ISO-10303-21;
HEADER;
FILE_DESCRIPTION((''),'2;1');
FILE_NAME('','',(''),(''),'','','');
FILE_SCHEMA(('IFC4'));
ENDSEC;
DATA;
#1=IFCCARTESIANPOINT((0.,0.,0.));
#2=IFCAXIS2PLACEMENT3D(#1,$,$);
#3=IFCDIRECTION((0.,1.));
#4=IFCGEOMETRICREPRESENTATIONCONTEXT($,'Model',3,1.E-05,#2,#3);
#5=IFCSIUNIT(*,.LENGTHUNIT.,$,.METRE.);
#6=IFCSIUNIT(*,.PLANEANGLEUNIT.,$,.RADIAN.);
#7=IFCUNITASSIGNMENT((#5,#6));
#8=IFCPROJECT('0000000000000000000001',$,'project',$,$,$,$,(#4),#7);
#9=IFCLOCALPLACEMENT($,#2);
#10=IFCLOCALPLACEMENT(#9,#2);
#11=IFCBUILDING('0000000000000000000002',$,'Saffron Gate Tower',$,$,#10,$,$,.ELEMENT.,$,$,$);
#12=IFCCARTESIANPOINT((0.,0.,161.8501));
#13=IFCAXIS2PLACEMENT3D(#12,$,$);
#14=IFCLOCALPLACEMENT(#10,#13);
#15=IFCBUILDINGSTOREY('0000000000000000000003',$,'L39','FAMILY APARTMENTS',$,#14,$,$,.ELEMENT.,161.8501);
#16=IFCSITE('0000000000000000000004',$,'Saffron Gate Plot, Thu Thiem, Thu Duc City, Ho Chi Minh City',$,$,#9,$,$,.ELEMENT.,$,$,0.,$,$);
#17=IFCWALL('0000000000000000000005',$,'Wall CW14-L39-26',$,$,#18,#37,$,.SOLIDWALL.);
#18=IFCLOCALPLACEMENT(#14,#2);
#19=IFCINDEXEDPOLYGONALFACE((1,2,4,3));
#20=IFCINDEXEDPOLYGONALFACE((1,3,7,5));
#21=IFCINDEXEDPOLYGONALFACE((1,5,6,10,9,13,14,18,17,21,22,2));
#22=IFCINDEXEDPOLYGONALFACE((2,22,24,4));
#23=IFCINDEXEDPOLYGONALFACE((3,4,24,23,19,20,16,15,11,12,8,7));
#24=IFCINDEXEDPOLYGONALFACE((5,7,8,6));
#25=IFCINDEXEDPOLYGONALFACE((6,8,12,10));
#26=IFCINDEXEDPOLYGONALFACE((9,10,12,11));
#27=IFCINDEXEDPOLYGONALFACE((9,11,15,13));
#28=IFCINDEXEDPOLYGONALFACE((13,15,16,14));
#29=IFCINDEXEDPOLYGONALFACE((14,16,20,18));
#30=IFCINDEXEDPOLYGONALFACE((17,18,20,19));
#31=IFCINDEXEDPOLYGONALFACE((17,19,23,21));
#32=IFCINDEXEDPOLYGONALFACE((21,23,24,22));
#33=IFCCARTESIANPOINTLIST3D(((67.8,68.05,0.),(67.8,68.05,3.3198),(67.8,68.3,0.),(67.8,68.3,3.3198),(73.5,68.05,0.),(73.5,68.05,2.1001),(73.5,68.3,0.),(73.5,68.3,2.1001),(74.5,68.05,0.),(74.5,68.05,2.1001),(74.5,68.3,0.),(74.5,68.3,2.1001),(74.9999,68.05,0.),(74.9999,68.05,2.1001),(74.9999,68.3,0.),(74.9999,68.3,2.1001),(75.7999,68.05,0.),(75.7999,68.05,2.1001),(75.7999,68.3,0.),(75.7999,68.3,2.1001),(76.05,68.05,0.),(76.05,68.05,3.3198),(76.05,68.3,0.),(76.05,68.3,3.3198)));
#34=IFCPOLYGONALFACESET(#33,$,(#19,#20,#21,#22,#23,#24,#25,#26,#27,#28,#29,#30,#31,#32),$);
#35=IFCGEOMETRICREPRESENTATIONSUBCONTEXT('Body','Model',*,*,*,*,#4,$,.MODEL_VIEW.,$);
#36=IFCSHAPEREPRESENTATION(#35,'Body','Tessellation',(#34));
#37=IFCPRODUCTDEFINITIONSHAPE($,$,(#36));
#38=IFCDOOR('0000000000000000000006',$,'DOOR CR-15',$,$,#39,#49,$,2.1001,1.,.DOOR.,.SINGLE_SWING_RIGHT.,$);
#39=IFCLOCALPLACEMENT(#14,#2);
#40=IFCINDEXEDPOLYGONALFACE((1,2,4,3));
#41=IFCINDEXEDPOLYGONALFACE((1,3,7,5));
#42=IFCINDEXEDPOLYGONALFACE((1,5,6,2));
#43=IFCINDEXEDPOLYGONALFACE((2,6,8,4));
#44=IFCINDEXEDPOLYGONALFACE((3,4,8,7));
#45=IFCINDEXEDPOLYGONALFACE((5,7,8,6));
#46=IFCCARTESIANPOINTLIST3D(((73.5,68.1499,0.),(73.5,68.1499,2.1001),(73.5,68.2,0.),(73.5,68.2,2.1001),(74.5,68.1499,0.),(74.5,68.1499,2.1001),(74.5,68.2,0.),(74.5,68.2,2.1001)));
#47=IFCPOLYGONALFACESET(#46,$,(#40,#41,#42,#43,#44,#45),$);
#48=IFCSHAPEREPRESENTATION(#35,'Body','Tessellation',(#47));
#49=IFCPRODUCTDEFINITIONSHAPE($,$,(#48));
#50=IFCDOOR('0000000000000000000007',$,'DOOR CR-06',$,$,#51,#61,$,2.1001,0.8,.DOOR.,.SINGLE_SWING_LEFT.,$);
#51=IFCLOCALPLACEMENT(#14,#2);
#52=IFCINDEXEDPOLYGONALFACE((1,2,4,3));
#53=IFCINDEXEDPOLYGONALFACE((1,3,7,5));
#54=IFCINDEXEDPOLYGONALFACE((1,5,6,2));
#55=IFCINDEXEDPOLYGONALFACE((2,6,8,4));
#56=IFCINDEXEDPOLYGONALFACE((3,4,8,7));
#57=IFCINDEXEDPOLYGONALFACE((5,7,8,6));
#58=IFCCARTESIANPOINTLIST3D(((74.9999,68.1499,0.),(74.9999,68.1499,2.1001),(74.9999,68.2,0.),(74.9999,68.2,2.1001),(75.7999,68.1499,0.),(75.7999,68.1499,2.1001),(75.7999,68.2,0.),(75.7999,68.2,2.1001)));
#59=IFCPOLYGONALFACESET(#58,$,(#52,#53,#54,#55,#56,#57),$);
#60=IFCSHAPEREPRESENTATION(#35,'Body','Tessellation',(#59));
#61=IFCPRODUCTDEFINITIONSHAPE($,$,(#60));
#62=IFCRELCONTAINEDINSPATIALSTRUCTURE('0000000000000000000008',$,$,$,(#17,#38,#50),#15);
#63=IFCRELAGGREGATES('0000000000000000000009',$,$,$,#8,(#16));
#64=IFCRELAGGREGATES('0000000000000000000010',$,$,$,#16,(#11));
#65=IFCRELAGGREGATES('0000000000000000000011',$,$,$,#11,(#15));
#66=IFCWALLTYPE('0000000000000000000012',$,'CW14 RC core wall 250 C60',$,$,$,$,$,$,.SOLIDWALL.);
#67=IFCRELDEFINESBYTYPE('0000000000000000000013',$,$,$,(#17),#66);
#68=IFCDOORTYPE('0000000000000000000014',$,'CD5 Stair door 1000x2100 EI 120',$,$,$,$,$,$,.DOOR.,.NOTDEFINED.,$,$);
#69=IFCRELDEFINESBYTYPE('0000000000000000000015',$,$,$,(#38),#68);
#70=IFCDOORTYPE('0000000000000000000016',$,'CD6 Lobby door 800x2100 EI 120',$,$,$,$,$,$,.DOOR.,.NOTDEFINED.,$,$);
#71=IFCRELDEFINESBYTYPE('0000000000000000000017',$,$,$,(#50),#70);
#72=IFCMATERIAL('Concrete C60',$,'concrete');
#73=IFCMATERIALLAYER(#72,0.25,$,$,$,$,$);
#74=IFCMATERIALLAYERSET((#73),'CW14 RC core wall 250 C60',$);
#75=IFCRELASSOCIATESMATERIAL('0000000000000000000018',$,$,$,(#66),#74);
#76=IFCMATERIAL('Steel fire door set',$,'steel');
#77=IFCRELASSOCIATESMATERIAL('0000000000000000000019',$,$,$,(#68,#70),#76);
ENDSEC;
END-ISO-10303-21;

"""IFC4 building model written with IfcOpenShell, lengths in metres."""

from ifc_helpers import new_model, si_unit, direction, frame, frame_2d, origin, place, context, subcontext, project, spatial, rectangle, extrude, material, layer, layer_set, type_object, element, fill, save


model = new_model("IFC4")

# Units and contexts
model_context = context("Model", 3, precision=1e-05, world=origin(), true_north=direction((0.0, 1.0)))
body_context = subcontext(model_context, "Body", "Model", "MODEL_VIEW")
ifc_project = project(units=[si_unit("LENGTHUNIT", "METRE"), si_unit("PLANEANGLEUNIT", "RADIAN")], contexts=[model_context])

# Site, building, storey
site_placement = place(None, origin())
site = spatial("IfcSite", under=ifc_project, at=site_placement, Name="Saffron Gate Plot, Thu Thiem, Thu Duc City, Ho Chi Minh City", CompositionType="ELEMENT", RefElevation=0.0)
building_placement = place(site_placement, origin())
building = spatial("IfcBuilding", under=site, at=building_placement, Name="Saffron Gate Tower", CompositionType="ELEMENT")
storey_placement = place(building_placement, frame((0.0, 0.0, 161.8501)))
storey = spatial("IfcBuildingStorey", under=building, at=storey_placement, Name="L39", Description="FAMILY APARTMENTS", CompositionType="ELEMENT", Elevation=161.8501)

# Wall, openings, doors
ifc_material_1 = material(Name="Concrete C60", Category="concrete")
ifc_layer_1 = layer(ifc_material_1, 0.25)
ifc_layer_set_1 = layer_set([ifc_layer_1], Name="CW14 RC core wall 250 C60")
wall_type_1 = type_object("IfcWallType", Name="CW14 RC core wall 250 C60", PredefinedType="SOLIDWALL", material=ifc_layer_set_1)
wall_1_placement = place(storey_placement, frame((67.8, 68.175, 0.0), z_axis=(0.0, 0.0, 1.0), x_axis=(1.0, 0.0, 0.0)))
wall_1 = element("IfcWall", 1, at=wall_1_placement, inside=storey, type_object=wall_type_1, Name="Wall CW14-L39-26", PredefinedType="SOLIDWALL", context=body_context, shape_type="SweptSolid", body=[
    extrude(rectangle(XDim=8.25, YDim=0.25, at=frame_2d((4.125, 0.0))), origin(), (0.0, 0.0, 1.0), 3.3198),
])
opening_1_placement = place(wall_1_placement, frame((5.7, 0.0, 0.0)))
opening_1 = element("IfcOpeningElement", 2, at=opening_1_placement, cuts=wall_1, PredefinedType="OPENING", context=body_context, shape_type="SweptSolid", body=[
    extrude(rectangle(XDim=1.0, YDim=2.1001, at=frame_2d((0.5, 1.05))), frame((0.0, 0.135, 0.0), z_axis=(0.0, -1.0, 0.0), x_axis=(1.0, 0.0, 0.0)), (0.0, 0.0, 1.0), 0.27),
])
opening_2_placement = place(wall_1_placement, frame((7.2, 0.0, 0.0)))
opening_2 = element("IfcOpeningElement", 3, at=opening_2_placement, cuts=wall_1, PredefinedType="OPENING", context=body_context, shape_type="SweptSolid", body=[
    extrude(rectangle(XDim=0.8, YDim=2.1001, at=frame_2d((0.3999, 1.05))), frame((0.0, 0.135, 0.0), z_axis=(0.0, -1.0, 0.0), x_axis=(1.0, 0.0, 0.0)), (0.0, 0.0, 1.0), 0.27),
])
ifc_material_2 = material(Name="Steel fire door set", Category="steel")
door_type_1 = type_object("IfcDoorType", Name="CD5 Stair door 1000x2100 EI 120", OperationType="NOTDEFINED", PredefinedType="DOOR", material=ifc_material_2)
door_1_placement = place(opening_1_placement, origin())
door_1 = element("IfcDoor", 4, at=door_1_placement, inside=storey, type_object=door_type_1, Name="DOOR CR-15", OperationType="SINGLE_SWING_RIGHT", OverallHeight=2.1001, OverallWidth=1.0, PredefinedType="DOOR", context=body_context, shape_type="SweptSolid", body=[
    extrude(rectangle(XDim=1.0, YDim=2.1001, at=frame_2d((0.5, 1.05))), frame((0.0, 0.0249, 0.0), z_axis=(0.0, -1.0, 0.0), x_axis=(1.0, 0.0, 0.0)), (0.0, 0.0, 1.0), 0.05),
])
fill(opening_1, door_1)
door_type_2 = type_object("IfcDoorType", Name="CD6 Lobby door 800x2100 EI 120", OperationType="NOTDEFINED", PredefinedType="DOOR", material=ifc_material_2)
door_2_placement = place(opening_2_placement, origin())
door_2 = element("IfcDoor", 5, at=door_2_placement, inside=storey, type_object=door_type_2, Name="DOOR CR-06", OperationType="SINGLE_SWING_LEFT", OverallHeight=2.1001, OverallWidth=0.8, PredefinedType="DOOR", context=body_context, shape_type="SweptSolid", body=[
    extrude(rectangle(XDim=0.8, YDim=2.1001, at=frame_2d((0.3999, 1.05))), frame((0.0, 0.0249, 0.0), z_axis=(0.0, -1.0, 0.0), x_axis=(1.0, 0.0, 0.0)), (0.0, 0.0, 1.0), 0.05),
])
fill(opening_2, door_2)

save(model, "model.ifc")
